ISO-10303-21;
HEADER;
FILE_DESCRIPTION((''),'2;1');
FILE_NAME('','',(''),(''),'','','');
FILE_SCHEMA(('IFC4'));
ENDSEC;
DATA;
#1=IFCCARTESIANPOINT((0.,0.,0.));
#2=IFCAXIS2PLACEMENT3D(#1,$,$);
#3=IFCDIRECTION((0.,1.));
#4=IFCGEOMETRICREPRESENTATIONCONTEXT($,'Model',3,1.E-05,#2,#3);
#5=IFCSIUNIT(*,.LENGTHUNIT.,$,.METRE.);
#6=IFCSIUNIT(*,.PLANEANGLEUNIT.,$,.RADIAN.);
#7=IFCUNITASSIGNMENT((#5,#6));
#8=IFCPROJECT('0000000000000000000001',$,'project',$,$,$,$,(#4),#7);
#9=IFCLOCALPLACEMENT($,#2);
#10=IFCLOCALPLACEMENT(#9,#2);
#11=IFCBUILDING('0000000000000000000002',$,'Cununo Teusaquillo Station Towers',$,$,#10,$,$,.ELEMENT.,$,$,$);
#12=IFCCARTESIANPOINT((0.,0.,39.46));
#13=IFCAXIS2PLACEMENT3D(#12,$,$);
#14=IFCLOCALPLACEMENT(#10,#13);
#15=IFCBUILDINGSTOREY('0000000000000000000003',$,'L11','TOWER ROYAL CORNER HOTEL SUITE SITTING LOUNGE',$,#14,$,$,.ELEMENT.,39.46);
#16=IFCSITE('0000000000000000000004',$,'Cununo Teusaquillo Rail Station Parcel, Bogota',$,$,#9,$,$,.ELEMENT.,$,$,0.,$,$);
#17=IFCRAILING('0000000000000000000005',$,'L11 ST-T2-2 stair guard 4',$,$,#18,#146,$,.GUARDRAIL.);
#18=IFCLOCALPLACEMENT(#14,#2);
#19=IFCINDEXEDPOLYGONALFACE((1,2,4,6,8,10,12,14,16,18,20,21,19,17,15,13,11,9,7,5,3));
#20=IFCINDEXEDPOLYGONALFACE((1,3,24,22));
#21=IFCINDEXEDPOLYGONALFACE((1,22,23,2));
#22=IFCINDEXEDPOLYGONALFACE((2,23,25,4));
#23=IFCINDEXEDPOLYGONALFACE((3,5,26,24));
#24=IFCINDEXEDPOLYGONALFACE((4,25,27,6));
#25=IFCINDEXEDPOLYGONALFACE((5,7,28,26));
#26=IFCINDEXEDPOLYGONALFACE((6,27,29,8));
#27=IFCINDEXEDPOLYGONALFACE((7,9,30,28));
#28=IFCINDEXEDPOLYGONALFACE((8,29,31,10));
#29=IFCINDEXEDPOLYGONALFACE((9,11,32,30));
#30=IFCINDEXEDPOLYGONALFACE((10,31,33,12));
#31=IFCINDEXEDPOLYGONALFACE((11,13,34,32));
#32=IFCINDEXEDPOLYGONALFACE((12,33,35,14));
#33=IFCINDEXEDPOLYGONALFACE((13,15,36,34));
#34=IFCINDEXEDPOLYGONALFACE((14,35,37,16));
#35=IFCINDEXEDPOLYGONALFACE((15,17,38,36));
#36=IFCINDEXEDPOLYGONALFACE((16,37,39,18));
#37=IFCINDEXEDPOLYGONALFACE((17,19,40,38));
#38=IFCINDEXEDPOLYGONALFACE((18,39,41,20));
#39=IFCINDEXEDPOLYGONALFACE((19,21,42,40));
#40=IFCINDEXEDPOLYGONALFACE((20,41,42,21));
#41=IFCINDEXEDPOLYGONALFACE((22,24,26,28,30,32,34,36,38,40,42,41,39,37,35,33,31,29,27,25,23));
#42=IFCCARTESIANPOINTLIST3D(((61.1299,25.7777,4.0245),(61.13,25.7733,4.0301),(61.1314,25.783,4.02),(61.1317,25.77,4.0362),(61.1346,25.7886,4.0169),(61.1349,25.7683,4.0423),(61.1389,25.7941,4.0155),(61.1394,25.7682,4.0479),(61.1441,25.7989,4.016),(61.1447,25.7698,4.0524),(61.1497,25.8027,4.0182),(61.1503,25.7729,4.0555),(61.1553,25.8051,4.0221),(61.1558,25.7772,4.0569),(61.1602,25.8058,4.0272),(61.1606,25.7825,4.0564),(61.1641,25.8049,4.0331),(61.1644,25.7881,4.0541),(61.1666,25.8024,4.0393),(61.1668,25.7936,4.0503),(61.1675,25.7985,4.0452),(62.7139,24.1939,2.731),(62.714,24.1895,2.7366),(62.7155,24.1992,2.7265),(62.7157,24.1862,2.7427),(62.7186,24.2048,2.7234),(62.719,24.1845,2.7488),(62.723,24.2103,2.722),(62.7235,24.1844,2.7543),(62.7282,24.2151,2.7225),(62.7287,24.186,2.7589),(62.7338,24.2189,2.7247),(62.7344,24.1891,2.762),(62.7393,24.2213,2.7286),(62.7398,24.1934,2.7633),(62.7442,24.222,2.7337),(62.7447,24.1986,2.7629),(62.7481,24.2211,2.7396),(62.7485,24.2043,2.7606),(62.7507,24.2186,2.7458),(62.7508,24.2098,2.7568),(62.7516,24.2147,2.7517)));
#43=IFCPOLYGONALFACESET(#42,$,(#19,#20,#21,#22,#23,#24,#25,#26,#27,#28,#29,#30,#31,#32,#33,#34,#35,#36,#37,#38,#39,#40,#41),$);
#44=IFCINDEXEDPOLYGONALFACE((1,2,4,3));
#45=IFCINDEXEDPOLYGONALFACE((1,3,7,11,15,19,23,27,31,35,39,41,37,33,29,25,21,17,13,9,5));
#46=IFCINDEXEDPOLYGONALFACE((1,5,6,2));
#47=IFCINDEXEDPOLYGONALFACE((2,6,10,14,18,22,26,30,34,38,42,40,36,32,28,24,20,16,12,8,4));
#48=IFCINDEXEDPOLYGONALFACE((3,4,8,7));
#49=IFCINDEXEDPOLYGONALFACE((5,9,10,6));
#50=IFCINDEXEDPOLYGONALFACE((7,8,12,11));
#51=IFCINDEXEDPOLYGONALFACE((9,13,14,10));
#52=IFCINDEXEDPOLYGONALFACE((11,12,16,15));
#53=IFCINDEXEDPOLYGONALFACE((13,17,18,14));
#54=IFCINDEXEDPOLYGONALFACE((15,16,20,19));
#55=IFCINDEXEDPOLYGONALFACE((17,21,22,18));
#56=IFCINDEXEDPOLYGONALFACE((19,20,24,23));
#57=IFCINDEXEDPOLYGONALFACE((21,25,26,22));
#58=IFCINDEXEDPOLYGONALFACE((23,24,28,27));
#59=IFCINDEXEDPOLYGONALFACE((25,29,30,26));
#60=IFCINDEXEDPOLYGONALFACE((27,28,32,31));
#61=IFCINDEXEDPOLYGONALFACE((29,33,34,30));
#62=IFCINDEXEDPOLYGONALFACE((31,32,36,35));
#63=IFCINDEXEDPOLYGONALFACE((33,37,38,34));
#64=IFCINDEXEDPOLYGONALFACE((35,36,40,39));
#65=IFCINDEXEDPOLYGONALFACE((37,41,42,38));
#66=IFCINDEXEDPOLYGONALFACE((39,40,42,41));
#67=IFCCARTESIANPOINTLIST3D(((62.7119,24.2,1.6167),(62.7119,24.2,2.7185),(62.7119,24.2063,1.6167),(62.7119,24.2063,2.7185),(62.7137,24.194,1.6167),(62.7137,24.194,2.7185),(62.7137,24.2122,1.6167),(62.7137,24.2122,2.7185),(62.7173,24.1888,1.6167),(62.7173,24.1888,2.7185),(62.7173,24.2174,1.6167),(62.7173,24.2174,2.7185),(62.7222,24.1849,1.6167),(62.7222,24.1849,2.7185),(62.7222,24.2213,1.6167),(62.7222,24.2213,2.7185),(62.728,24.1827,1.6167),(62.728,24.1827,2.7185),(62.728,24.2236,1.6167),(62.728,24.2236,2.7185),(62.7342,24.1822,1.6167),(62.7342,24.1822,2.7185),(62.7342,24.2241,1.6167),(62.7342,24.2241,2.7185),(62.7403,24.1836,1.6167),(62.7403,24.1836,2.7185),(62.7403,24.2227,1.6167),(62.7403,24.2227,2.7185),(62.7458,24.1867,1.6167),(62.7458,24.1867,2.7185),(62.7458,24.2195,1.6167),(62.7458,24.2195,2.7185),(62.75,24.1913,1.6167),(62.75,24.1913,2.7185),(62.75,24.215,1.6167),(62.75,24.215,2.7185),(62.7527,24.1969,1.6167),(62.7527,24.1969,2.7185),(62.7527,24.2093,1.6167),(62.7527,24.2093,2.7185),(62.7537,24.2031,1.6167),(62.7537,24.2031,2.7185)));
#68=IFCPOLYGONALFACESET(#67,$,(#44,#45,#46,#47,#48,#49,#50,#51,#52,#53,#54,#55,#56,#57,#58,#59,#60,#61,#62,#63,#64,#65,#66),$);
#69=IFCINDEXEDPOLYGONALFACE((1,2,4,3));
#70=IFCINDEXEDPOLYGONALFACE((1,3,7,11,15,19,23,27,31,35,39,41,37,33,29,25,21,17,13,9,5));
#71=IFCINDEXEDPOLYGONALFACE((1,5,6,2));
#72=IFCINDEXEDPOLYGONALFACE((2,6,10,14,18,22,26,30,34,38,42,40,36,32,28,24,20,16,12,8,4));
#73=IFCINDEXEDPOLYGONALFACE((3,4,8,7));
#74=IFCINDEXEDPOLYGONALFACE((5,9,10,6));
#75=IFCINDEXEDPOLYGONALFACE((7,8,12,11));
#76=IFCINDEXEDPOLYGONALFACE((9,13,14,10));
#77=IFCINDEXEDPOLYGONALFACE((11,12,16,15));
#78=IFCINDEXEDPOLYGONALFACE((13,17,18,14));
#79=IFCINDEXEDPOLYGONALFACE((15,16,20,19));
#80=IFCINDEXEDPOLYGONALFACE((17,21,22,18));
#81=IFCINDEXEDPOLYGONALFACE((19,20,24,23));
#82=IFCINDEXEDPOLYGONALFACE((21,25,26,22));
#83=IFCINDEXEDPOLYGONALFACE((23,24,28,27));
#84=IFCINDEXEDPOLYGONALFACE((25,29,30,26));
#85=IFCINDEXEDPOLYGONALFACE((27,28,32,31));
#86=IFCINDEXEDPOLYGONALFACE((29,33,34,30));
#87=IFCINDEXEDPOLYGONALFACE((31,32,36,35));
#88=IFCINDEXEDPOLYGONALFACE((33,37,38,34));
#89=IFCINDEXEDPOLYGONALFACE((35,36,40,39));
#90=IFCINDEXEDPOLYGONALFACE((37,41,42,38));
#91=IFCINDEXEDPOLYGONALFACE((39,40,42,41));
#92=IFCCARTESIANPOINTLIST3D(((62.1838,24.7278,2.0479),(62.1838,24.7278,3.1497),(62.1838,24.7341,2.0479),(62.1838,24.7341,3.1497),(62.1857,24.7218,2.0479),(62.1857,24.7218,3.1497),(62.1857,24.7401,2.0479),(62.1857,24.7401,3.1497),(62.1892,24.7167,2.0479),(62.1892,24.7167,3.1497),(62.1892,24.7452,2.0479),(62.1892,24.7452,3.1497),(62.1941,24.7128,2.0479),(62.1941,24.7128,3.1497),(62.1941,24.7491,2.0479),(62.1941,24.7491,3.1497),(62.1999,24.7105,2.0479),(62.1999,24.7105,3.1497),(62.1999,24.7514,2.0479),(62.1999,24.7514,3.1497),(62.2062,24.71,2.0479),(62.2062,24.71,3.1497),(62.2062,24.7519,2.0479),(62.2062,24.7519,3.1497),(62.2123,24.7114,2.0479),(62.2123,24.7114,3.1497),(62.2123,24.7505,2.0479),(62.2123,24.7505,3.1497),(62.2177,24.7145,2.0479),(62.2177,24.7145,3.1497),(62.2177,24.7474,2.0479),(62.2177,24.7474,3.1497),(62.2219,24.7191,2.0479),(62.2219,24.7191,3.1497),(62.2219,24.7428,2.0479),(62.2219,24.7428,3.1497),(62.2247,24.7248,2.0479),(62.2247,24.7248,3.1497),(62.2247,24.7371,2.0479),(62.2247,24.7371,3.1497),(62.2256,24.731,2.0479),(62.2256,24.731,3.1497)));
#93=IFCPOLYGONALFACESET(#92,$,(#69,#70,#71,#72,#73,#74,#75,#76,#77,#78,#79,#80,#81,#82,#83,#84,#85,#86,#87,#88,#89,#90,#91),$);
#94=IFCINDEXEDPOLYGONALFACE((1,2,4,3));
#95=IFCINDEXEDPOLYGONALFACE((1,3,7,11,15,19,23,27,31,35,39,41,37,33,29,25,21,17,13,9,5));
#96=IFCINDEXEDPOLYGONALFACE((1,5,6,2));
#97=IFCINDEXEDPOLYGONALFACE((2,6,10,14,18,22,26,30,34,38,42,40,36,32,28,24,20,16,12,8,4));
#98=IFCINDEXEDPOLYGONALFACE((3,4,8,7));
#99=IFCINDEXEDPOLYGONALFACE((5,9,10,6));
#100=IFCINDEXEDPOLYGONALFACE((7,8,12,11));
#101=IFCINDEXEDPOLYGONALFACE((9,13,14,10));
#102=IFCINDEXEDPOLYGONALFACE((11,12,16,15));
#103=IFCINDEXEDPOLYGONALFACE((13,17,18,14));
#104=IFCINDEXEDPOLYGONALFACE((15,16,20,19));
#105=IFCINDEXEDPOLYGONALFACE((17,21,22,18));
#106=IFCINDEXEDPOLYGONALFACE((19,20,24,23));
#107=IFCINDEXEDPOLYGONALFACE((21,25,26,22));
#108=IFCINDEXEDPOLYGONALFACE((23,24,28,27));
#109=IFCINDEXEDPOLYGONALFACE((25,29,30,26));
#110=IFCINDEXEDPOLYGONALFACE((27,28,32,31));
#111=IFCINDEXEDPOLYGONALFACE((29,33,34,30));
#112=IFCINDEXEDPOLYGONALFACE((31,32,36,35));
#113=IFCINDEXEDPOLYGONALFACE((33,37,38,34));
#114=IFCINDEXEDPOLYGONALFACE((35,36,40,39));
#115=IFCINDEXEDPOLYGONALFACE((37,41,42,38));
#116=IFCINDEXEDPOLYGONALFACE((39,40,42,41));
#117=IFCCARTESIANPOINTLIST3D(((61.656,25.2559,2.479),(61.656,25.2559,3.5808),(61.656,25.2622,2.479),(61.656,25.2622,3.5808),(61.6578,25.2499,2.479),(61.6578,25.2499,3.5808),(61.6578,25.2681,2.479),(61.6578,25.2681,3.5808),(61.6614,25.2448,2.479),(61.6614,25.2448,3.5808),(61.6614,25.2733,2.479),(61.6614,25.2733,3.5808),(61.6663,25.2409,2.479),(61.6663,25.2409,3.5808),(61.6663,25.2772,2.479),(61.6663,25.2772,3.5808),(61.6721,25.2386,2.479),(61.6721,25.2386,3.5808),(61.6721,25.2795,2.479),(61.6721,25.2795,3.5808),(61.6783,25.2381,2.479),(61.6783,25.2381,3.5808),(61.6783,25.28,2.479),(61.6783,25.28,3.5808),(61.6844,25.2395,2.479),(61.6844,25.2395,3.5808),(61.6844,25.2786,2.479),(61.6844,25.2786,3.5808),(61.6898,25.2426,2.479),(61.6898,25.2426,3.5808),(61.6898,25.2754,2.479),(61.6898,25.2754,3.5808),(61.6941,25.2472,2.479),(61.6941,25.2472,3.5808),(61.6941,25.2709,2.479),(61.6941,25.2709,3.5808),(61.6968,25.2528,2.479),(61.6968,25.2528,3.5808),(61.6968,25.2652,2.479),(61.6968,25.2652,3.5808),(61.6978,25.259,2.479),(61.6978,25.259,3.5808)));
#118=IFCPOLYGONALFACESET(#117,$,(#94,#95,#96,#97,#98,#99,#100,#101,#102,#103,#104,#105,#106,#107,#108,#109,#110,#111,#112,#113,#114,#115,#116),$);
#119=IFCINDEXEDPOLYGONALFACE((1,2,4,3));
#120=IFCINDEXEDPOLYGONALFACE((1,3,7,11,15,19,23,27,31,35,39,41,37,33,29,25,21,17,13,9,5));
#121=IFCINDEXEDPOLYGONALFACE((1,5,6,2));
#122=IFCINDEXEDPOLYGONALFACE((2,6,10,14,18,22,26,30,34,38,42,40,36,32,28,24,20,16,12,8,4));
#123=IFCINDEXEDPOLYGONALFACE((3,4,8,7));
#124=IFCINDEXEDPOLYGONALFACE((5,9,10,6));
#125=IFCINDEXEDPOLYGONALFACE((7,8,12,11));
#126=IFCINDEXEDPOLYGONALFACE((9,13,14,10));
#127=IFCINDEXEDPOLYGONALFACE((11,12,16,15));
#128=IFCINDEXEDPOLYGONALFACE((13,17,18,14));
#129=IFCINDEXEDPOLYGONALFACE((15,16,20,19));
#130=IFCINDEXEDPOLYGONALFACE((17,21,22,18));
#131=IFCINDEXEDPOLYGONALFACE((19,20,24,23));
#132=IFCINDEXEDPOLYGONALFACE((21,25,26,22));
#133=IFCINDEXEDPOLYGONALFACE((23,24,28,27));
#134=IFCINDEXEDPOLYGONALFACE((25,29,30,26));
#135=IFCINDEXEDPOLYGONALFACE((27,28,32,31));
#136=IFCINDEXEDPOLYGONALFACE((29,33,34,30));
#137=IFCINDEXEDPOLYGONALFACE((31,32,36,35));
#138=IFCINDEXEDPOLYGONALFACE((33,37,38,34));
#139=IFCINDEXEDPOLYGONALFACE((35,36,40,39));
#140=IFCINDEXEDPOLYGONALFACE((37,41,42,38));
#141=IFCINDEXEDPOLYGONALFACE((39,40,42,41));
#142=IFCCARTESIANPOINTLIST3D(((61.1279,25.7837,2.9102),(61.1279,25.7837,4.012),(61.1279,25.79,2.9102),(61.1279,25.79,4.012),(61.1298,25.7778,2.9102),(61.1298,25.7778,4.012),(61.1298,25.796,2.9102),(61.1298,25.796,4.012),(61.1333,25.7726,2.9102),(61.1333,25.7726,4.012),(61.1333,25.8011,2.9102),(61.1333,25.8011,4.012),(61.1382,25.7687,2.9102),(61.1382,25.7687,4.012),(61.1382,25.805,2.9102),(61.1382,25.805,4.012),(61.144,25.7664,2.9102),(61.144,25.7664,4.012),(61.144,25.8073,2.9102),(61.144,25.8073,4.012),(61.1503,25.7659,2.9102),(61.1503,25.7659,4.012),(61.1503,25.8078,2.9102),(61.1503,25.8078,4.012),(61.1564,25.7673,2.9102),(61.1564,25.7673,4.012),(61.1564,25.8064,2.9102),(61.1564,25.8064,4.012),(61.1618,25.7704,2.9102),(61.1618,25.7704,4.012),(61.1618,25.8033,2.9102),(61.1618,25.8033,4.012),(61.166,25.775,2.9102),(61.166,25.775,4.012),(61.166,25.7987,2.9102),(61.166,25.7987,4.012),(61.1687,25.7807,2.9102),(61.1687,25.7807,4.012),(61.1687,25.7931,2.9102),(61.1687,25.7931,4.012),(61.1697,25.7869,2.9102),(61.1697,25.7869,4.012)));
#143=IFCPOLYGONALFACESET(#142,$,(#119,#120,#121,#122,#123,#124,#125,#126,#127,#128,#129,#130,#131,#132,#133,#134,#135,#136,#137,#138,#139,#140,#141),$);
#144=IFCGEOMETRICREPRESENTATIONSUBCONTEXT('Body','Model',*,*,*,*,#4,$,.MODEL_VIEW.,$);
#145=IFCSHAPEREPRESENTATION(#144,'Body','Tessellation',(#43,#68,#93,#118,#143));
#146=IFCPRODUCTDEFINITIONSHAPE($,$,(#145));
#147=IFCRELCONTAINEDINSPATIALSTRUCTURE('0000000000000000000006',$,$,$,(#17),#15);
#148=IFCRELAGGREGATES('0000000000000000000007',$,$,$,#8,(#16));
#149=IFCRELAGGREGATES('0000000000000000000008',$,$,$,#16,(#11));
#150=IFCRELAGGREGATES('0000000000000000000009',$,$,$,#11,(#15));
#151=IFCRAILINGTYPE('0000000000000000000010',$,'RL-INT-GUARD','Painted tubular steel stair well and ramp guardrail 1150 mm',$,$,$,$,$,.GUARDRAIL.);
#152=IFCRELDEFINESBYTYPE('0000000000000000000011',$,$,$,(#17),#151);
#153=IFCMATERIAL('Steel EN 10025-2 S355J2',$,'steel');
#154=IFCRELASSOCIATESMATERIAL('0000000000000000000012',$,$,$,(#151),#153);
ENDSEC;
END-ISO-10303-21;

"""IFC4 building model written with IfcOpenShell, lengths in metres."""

from ifc_helpers import new_model, si_unit, direction, frame, origin, origin_2d, place, context, subcontext, project, spatial, circle, extrude, material, type_object, element, save


model = new_model("IFC4")

# Units and contexts
model_context = context("Model", 3, precision=1e-05, world=origin(), true_north=direction((0.0, 1.0)))
body_context = subcontext(model_context, "Body", "Model", "MODEL_VIEW")
ifc_project = project(units=[si_unit("LENGTHUNIT", "METRE"), si_unit("PLANEANGLEUNIT", "RADIAN")], contexts=[model_context])

# Site, building, storey
site_placement = place(None, origin())
site = spatial("IfcSite", under=ifc_project, at=site_placement, Name="Cununo Teusaquillo Rail Station Parcel, Bogota", CompositionType="ELEMENT", RefElevation=0.0)
building_placement = place(site_placement, origin())
building = spatial("IfcBuilding", under=site, at=building_placement, Name="Cununo Teusaquillo Station Towers", CompositionType="ELEMENT")
storey_placement = place(building_placement, frame((0.0, 0.0, 39.46)))
storey = spatial("IfcBuildingStorey", under=building, at=storey_placement, Name="L11", Description="TOWER ROYAL CORNER HOTEL SUITE SITTING LOUNGE", CompositionType="ELEMENT", Elevation=39.46)

# Railing
ifc_material_1 = material(Name="Steel EN 10025-2 S355J2", Category="steel")
railing_type_1 = type_object("IfcRailingType", Name="RL-INT-GUARD", Description="Painted tubular steel stair well and ramp guardrail 1150 mm", PredefinedType="GUARDRAIL", material=ifc_material_1)
railing_1_placement = place(storey_placement, frame((62.7327, 24.2031, 1.6167)))
element("IfcRailing", 1, at=railing_1_placement, inside=storey, type_object=railing_type_1, Name="L11 ST-T2-2 stair guard 4", PredefinedType="GUARDRAIL", context=body_context, shape_type="SweptSolid", body=[
    extrude(circle(Radius=0.0239, at=origin_2d()), frame((0.0, 0.0, 1.126), z_axis=(-0.612391, 0.612297, 0.500069), x_axis=(-0.707052, -0.707161, 0.0)), (0.0, 0.0, 1.0), 2.5867),
    extrude(circle(Radius=0.021, at=origin_2d()), origin(), (0.0, 0.0, 1.0), 1.1018),
    extrude(circle(Radius=0.021, at=origin_2d()), frame((-0.5281, 0.5278, 0.4312)), (0.0, 0.0, 1.0), 1.1018),
    extrude(circle(Radius=0.021, at=origin_2d()), frame((-1.0559, 1.0559, 0.8623)), (0.0, 0.0, 1.0), 1.1018),
    extrude(circle(Radius=0.021, at=origin_2d()), frame((-1.584, 1.5837, 1.2935)), (0.0, 0.0, 1.0), 1.1018),
])

save(model, "model.ifc")
